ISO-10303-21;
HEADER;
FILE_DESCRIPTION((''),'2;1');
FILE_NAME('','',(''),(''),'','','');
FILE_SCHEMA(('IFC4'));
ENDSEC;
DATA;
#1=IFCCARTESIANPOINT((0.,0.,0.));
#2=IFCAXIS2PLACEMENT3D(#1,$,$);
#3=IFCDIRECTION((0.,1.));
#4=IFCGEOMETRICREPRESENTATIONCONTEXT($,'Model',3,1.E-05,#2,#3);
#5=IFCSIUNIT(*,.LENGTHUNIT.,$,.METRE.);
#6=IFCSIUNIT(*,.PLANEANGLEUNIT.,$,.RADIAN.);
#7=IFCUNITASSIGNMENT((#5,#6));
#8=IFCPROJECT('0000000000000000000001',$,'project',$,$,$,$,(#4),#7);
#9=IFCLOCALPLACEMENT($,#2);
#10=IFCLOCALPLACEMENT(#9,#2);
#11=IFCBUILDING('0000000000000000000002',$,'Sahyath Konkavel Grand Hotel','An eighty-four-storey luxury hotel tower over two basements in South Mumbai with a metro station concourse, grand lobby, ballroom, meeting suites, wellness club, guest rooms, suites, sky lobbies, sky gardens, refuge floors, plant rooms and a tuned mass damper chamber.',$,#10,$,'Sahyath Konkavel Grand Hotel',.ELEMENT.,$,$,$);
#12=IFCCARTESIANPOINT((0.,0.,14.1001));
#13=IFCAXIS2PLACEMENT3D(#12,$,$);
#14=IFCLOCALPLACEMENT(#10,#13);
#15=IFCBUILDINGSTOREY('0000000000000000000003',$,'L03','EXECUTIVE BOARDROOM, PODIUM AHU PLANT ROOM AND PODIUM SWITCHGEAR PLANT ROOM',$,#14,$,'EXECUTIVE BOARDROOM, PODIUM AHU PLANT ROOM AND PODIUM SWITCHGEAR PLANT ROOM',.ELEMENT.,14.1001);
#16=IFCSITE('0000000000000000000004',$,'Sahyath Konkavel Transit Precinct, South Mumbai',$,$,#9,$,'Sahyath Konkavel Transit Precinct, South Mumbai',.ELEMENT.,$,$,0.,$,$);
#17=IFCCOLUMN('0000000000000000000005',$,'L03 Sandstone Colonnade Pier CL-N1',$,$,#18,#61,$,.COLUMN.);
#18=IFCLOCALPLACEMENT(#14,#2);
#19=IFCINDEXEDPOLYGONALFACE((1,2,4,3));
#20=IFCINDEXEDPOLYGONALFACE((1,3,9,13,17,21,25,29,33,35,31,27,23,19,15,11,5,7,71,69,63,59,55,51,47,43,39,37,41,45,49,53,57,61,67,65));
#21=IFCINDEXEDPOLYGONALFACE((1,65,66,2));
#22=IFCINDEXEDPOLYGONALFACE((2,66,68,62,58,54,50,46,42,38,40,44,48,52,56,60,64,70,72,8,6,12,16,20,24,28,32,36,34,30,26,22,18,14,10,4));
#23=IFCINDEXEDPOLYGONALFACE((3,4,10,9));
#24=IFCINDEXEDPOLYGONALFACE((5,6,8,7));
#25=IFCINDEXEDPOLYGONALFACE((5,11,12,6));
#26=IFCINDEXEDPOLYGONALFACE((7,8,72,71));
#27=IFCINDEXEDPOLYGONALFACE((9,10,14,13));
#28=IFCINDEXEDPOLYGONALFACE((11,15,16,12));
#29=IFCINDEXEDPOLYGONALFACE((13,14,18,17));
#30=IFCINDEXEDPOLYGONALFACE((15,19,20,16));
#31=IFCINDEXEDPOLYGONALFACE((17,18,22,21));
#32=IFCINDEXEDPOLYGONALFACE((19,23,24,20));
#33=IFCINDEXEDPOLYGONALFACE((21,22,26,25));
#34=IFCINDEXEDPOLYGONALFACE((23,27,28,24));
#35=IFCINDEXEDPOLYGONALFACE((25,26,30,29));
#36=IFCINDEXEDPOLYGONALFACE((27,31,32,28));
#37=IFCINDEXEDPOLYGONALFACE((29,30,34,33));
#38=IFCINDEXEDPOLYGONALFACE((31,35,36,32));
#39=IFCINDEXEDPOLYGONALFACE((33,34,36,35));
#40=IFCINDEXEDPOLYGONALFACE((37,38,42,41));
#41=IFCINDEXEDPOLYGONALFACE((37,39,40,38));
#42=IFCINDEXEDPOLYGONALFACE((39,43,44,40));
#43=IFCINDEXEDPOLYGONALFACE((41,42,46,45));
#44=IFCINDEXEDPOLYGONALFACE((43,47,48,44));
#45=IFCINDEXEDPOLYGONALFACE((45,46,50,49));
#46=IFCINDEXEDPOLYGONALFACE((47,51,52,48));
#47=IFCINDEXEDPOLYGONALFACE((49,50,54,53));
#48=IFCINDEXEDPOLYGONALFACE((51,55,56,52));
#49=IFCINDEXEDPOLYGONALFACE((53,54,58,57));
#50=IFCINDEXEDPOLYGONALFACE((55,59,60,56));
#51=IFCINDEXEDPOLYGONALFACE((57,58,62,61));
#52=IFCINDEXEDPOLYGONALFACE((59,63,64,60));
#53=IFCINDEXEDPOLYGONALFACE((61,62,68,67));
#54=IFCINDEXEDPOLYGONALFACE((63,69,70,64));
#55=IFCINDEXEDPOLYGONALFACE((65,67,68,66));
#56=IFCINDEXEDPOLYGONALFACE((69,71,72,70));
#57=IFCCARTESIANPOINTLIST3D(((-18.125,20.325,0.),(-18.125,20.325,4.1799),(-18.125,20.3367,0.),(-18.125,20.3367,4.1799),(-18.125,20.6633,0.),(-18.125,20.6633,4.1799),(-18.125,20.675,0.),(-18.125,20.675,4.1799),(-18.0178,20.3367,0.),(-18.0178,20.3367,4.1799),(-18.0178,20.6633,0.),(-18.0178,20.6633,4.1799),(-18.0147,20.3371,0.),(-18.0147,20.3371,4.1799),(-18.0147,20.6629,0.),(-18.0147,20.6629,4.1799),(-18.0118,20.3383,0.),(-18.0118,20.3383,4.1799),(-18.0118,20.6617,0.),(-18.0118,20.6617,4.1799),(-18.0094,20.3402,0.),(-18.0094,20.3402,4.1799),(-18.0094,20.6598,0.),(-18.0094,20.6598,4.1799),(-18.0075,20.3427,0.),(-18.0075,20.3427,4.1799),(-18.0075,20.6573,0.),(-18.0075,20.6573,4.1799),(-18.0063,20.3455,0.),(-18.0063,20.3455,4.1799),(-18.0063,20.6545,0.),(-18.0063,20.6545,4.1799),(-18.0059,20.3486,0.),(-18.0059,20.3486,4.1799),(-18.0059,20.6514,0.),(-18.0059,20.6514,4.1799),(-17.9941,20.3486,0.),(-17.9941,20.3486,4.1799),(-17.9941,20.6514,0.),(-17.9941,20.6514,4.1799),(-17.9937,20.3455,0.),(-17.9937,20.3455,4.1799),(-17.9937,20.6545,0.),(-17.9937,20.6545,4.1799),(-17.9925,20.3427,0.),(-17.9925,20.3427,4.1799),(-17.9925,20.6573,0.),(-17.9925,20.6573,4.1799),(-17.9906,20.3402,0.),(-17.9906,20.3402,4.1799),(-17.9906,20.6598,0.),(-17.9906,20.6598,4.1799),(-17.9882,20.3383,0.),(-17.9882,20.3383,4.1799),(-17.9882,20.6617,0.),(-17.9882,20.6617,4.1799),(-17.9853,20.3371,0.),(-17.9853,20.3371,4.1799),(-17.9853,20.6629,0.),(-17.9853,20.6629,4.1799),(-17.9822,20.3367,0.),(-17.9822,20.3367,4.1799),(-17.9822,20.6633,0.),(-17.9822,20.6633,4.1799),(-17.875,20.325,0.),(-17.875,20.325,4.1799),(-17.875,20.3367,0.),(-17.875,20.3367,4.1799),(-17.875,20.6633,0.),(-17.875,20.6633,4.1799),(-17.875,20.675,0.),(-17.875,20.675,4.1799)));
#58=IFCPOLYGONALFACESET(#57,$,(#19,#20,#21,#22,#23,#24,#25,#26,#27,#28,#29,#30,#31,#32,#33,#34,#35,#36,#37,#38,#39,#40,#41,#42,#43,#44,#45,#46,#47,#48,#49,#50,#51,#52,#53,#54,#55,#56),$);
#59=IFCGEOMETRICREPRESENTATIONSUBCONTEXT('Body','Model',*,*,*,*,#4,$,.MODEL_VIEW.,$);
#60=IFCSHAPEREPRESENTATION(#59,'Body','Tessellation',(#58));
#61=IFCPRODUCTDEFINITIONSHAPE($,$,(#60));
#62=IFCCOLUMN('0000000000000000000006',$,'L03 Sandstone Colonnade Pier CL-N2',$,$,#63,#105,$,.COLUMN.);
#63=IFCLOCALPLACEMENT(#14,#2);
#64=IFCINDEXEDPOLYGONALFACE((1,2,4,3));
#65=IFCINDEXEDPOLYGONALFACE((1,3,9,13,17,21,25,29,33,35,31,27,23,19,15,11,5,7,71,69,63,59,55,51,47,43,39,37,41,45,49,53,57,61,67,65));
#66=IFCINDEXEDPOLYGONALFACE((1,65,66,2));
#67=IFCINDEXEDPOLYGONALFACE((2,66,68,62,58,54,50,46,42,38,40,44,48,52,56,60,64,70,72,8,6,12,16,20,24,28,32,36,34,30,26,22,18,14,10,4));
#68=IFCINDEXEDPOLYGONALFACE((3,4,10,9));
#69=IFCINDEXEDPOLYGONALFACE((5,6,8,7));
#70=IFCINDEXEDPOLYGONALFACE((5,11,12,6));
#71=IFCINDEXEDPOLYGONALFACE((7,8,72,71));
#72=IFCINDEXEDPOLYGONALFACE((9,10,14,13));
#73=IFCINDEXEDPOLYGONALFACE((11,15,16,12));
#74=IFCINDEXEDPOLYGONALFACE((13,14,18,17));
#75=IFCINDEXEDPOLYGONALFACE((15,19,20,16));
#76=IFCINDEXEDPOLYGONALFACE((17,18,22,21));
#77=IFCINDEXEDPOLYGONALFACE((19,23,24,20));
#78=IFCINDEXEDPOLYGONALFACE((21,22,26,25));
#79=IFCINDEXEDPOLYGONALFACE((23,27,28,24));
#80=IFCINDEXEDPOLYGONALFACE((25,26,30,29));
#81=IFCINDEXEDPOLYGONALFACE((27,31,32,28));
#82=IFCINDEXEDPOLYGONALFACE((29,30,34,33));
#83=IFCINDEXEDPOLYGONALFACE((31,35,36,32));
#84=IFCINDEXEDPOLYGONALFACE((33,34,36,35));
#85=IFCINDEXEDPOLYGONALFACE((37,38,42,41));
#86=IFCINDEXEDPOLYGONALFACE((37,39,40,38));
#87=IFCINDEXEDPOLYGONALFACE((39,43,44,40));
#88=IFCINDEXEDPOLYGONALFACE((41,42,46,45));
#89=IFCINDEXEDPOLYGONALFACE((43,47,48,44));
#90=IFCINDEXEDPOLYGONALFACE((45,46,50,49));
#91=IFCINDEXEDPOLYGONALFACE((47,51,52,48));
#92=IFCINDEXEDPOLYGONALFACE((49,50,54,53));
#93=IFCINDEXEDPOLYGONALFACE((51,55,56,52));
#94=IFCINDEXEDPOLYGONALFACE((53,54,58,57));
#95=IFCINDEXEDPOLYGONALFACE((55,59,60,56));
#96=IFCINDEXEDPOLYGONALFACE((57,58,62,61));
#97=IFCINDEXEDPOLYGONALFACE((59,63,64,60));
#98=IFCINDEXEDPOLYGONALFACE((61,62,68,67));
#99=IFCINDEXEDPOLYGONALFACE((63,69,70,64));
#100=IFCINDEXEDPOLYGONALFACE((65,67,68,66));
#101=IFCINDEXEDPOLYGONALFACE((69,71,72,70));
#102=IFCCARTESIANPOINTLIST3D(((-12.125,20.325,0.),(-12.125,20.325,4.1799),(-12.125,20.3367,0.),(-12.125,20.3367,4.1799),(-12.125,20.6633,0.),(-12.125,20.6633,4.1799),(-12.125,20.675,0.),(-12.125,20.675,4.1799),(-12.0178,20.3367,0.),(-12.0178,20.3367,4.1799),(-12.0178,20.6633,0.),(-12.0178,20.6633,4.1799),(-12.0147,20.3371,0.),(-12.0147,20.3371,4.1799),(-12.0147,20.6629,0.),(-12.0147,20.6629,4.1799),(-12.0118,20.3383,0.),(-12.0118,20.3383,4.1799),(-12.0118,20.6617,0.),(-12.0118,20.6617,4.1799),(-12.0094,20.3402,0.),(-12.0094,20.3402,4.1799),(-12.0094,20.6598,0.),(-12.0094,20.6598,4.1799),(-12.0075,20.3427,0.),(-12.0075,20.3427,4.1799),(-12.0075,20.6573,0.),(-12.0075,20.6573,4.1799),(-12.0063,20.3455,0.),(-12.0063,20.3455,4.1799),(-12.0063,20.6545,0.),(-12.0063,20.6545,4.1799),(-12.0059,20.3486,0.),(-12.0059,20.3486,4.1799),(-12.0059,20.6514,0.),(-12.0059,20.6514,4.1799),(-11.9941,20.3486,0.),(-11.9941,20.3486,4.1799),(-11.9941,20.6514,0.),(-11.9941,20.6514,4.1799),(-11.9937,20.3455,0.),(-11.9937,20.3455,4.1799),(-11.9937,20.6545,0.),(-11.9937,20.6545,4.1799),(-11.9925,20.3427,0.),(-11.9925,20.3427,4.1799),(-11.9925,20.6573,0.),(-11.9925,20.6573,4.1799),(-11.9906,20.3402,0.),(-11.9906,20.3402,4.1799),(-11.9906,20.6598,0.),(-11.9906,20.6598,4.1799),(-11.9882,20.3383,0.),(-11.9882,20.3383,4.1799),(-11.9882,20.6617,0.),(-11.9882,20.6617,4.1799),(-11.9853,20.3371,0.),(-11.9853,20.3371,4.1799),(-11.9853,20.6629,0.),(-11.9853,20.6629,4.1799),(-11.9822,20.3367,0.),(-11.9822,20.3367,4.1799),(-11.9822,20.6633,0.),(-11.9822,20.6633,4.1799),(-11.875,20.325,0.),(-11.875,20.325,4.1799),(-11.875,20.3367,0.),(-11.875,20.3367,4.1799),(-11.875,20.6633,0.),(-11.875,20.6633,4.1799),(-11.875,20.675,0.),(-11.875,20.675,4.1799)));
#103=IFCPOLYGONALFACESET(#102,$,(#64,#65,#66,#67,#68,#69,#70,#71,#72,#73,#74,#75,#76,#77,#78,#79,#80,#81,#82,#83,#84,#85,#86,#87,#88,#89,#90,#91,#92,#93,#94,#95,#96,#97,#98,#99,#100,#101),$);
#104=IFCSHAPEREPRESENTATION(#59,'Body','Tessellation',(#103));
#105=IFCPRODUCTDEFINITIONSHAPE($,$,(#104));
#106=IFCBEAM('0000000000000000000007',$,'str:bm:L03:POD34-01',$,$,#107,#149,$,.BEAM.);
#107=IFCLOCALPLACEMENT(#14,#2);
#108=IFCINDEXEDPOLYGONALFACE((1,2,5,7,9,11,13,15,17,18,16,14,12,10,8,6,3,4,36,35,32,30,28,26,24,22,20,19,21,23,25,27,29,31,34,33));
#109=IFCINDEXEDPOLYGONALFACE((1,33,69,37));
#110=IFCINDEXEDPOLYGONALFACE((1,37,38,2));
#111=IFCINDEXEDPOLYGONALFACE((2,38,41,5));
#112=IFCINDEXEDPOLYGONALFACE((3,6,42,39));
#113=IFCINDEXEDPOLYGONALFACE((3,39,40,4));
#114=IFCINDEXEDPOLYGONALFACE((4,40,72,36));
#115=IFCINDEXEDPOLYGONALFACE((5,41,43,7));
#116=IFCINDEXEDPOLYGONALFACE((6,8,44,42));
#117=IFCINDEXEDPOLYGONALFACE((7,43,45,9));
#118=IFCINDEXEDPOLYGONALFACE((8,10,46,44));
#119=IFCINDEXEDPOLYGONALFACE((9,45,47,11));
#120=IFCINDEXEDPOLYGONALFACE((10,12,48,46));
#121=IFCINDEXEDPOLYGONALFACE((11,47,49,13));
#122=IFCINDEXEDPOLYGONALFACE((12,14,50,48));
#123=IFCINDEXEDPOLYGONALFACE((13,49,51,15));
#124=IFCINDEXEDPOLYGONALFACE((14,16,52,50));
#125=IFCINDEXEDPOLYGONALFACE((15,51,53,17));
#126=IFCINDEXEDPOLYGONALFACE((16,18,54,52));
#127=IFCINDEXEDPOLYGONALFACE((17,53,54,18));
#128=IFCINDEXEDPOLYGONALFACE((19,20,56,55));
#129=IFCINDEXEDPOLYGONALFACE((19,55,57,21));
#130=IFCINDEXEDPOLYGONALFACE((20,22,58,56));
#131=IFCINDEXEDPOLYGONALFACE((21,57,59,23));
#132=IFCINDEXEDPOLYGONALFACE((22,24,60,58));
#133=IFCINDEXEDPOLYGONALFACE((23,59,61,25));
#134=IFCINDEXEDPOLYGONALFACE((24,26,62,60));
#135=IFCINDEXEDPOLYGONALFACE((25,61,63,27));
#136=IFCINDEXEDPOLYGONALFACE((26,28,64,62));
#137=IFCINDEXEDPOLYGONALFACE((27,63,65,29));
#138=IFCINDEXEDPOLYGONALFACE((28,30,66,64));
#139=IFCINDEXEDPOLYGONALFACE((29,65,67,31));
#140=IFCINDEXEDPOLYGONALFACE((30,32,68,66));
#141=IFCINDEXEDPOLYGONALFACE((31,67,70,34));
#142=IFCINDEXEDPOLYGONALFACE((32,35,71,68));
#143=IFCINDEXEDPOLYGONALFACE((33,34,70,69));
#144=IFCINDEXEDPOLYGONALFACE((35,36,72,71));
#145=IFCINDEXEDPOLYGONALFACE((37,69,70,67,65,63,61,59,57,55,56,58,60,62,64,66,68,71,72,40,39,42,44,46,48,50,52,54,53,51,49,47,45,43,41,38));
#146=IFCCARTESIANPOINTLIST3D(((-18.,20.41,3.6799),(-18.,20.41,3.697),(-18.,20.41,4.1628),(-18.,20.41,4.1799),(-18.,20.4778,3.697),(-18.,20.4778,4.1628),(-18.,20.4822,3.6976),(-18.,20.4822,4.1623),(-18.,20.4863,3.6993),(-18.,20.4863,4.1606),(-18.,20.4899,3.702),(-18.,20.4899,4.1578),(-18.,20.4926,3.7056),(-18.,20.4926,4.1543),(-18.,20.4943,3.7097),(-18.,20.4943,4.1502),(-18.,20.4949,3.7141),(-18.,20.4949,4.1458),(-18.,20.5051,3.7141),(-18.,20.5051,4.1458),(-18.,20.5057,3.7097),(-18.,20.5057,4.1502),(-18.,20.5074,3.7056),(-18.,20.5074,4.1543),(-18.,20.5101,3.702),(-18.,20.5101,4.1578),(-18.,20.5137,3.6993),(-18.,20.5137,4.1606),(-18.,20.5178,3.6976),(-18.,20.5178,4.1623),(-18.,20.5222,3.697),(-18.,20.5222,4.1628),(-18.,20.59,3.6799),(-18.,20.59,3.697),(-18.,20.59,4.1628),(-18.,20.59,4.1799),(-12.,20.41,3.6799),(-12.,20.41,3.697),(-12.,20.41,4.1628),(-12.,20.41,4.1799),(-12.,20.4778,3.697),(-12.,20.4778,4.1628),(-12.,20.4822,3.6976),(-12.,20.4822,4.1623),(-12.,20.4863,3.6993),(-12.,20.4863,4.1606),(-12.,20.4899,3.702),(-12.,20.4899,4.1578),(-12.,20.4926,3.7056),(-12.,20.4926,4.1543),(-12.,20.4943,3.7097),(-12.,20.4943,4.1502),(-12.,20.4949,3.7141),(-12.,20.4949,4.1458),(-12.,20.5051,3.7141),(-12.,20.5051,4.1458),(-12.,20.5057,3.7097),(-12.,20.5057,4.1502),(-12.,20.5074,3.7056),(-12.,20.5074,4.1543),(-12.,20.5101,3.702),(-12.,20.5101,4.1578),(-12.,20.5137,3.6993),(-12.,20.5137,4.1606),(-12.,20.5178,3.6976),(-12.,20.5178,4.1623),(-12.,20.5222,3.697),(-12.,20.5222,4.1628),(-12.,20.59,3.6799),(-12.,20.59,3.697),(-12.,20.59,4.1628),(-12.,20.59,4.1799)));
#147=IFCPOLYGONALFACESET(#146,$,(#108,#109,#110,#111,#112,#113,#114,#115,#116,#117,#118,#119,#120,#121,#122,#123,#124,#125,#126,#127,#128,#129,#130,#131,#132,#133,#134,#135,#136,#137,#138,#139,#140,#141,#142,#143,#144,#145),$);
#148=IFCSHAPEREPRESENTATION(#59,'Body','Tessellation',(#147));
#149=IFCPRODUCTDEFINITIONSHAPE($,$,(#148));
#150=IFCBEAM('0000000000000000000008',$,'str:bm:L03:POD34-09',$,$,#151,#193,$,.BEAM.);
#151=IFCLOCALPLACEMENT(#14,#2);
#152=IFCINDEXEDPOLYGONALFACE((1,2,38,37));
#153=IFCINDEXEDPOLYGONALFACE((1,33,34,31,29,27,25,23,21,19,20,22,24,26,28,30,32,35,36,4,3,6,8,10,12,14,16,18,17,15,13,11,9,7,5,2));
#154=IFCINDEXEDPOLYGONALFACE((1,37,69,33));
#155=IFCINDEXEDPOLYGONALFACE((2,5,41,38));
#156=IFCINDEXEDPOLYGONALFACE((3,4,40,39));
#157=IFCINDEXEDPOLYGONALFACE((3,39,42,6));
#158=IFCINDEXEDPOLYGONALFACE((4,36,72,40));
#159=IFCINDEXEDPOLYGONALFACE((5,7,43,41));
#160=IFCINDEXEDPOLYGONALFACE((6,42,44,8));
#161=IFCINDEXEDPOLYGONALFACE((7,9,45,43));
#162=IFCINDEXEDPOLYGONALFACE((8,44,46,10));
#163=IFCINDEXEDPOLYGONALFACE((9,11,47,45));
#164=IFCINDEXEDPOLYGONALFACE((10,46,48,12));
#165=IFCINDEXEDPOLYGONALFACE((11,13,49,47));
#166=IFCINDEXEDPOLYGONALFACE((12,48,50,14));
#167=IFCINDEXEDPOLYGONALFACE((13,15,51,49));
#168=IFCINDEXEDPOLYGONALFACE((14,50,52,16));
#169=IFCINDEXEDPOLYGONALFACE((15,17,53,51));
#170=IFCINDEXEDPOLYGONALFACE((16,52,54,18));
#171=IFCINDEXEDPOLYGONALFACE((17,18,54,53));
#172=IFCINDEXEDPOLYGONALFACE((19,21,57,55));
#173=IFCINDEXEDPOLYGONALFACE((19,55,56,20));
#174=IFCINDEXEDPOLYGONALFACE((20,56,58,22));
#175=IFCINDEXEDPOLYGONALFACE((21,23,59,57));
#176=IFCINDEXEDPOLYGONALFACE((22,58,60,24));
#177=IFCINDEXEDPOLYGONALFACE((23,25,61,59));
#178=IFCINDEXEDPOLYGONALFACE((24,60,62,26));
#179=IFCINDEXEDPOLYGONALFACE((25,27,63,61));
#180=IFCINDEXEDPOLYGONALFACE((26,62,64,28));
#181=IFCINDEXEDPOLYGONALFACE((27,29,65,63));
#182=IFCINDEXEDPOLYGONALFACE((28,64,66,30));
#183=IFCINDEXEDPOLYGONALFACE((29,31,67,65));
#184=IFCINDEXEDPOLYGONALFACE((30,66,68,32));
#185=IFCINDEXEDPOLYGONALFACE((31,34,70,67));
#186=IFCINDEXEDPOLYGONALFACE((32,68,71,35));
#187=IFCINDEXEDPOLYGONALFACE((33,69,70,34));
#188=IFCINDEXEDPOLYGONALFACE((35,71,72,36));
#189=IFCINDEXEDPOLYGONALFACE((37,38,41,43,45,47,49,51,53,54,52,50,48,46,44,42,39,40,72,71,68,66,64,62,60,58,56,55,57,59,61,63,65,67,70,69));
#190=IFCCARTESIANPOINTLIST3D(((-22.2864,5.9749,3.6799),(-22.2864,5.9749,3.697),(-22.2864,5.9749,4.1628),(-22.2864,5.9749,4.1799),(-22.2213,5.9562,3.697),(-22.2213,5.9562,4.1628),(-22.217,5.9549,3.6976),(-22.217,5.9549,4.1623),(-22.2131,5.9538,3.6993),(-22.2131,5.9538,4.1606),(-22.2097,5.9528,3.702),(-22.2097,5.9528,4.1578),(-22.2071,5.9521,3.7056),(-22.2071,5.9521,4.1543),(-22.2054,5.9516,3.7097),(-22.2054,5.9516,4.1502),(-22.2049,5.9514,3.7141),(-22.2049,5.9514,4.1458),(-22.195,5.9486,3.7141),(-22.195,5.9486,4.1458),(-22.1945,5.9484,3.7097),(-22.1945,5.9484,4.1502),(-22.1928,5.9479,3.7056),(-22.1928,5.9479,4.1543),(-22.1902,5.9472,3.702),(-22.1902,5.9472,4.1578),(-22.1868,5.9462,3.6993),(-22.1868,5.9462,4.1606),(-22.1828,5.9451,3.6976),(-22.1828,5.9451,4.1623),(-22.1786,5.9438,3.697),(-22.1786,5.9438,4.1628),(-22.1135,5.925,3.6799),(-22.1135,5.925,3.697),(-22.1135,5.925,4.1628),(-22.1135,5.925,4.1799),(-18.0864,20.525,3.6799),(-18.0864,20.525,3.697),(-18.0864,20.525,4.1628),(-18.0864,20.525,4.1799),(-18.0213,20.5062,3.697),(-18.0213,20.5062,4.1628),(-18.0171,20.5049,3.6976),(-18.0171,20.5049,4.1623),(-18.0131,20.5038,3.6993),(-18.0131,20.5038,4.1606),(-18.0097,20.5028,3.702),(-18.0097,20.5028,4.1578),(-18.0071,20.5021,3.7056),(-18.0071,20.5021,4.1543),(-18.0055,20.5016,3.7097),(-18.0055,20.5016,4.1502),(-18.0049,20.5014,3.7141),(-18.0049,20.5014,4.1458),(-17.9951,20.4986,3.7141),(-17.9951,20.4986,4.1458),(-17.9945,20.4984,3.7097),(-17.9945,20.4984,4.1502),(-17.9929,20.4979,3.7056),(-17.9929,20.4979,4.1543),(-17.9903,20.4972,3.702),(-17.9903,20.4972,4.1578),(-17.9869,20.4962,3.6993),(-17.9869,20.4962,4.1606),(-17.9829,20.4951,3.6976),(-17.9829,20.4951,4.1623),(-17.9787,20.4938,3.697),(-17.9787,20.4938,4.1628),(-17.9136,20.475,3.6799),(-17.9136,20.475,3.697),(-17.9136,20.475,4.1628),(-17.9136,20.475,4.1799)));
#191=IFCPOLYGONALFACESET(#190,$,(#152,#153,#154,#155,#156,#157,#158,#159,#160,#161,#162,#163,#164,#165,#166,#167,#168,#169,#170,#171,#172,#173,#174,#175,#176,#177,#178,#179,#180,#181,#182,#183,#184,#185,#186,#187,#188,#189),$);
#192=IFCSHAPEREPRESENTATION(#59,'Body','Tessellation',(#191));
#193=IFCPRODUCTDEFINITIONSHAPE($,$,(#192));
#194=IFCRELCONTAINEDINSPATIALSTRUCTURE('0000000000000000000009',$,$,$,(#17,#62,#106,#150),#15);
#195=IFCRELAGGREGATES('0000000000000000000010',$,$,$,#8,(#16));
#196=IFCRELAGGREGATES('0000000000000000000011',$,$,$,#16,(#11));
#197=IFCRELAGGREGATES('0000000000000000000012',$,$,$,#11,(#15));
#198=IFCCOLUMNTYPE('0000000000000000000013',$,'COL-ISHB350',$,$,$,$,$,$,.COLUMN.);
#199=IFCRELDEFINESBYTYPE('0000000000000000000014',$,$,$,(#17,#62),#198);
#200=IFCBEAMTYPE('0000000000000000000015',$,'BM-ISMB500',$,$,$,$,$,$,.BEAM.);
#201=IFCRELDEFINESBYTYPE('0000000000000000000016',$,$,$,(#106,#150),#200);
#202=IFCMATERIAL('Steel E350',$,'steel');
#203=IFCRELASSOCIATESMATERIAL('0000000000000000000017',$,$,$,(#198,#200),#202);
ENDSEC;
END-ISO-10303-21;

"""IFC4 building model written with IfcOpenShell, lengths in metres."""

from ifc_helpers import new_model, si_unit, direction, frame, origin, origin_2d, place, context, subcontext, project, spatial, i_section, extrude, source, transform, mapped, material, material_profile, profile_set, type_object, element, save


model = new_model("IFC4")

# Units and contexts
model_context = context("Model", 3, precision=1e-05, world=origin(), true_north=direction((0.0, 1.0)))
body_context = subcontext(model_context, "Body", "Model", "MODEL_VIEW")
ifc_project = project(units=[si_unit("LENGTHUNIT", "METRE"), si_unit("PLANEANGLEUNIT", "RADIAN")], contexts=[model_context])

# Site, building, storey
site_placement = place(None, origin())
site = spatial("IfcSite", under=ifc_project, at=site_placement, Name="Sahyath Konkavel Transit Precinct, South Mumbai", LongName="Sahyath Konkavel Transit Precinct, South Mumbai", CompositionType="ELEMENT", RefElevation=0.0)
building_placement = place(site_placement, origin())
building = spatial("IfcBuilding", under=site, at=building_placement, Name="Sahyath Konkavel Grand Hotel", Description="An eighty-four-storey luxury hotel tower over two basements in South Mumbai with a metro station concourse, grand lobby, ballroom, meeting suites, wellness club, guest rooms, suites, sky lobbies, sky gardens, refuge floors, plant rooms and a tuned mass damper chamber.", LongName="Sahyath Konkavel Grand Hotel", CompositionType="ELEMENT")
storey_placement = place(building_placement, frame((0.0, 0.0, 14.1001)))
storey = spatial("IfcBuildingStorey", under=building, at=storey_placement, Name="L03", Description="EXECUTIVE BOARDROOM, PODIUM AHU PLANT ROOM AND PODIUM SWITCHGEAR PLANT ROOM", LongName="EXECUTIVE BOARDROOM, PODIUM AHU PLANT ROOM AND PODIUM SWITCHGEAR PLANT ROOM", CompositionType="ELEMENT", Elevation=14.1001)

# Columns
ifc_material_1 = material(Name="Steel E350", Category="steel")
ifc_material_profile_1 = material_profile(ifc_material_1, i_section(OverallWidth=0.25, OverallDepth=0.3501, WebThickness=0.0117, FlangeThickness=0.0117, FilletRadius=0.012, at=origin_2d()), Name="ISHB 350")
ifc_profile_set_1 = profile_set([ifc_material_profile_1], Name="Steel E350")
column_type = type_object("IfcColumnType", Name="COL-ISHB350", PredefinedType="COLUMN", material=ifc_profile_set_1)
shared_shape_1 = source(origin(), body_context, "Body", "SweptSolid", [
    extrude(i_section(OverallWidth=0.25, OverallDepth=0.3501, WebThickness=0.0117, FlangeThickness=0.0117, FilletRadius=0.012, at=origin_2d()), origin(), (0.0, 0.0, 1.0), 4.1799),
])
for number, where, z_axis, x_axis, name in (
    (1, (-18.0, 20.5, 0.0), (0.0, 0.0, 1.0), (1.0, 0.0, 0.0), "L03 Sandstone Colonnade Pier CL-N1"),
    (2, (-12.0, 20.5, 0.0), (0.0, 0.0, 1.0), (1.0, 0.0, 0.0), "L03 Sandstone Colonnade Pier CL-N2"),
):
    element("IfcColumn", number, at=place(storey_placement, frame(where, z_axis=z_axis, x_axis=x_axis)), inside=storey, type_object=column_type, Name=name, PredefinedType="COLUMN", context=body_context, shape_type="MappedRepresentation", body=[
        mapped(shared_shape_1, transform((0.0, 0.0, 0.0), scale=1.0)),
    ])

# Beams
ifc_material_profile_2 = material_profile(ifc_material_1, i_section(OverallWidth=0.1799, OverallDepth=0.5, WebThickness=0.0103, FlangeThickness=0.0171, FilletRadius=0.0171, at=origin_2d()), Name="ISMB 500")
ifc_profile_set_2 = profile_set([ifc_material_profile_2], Name="Steel E350")
beam_type = type_object("IfcBeamType", Name="BM-ISMB500", PredefinedType="BEAM", material=ifc_profile_set_2)
shared_shape_2 = source(origin(), body_context, "Body", "SweptSolid", [
    extrude(i_section(OverallWidth=0.1799, OverallDepth=0.5, WebThickness=0.0103, FlangeThickness=0.0171, FilletRadius=0.0171, at=origin_2d()), origin(), (0.0, 0.0, 1.0), 6.0),
])
beam_1_placement = place(storey_placement, frame((-18.0, 20.5, 3.9299), z_axis=(1.0, 0.0, 0.0), x_axis=(0.0, 1.0, 0.0)))
element("IfcBeam", 3, at=beam_1_placement, inside=storey, type_object=beam_type, Name="str:bm:L03:POD34-01", PredefinedType="BEAM", context=body_context, shape_type="MappedRepresentation", body=[
    mapped(shared_shape_2, transform((0.0, 0.0, 0.0), scale=1.0)),
])
shared_shape_3 = source(origin(), body_context, "Body", "SweptSolid", [
    extrude(i_section(OverallWidth=0.1799, OverallDepth=0.5, WebThickness=0.0103, FlangeThickness=0.0171, FilletRadius=0.0171, at=origin_2d()), origin(), (0.0, 0.0, 1.0), 15.144),
])
beam_2_placement = place(storey_placement, frame((-18.0, 20.5, 3.9299), z_axis=(-0.277333, -0.960774, 0.0), x_axis=(0.960774, -0.277333, 0.0)))
element("IfcBeam", 4, at=beam_2_placement, inside=storey, type_object=beam_type, Name="str:bm:L03:POD34-09", PredefinedType="BEAM", context=body_context, shape_type="MappedRepresentation", body=[
    mapped(shared_shape_3, transform((0.0, 0.0, 0.0), scale=1.0)),
])

save(model, "model.ifc")
